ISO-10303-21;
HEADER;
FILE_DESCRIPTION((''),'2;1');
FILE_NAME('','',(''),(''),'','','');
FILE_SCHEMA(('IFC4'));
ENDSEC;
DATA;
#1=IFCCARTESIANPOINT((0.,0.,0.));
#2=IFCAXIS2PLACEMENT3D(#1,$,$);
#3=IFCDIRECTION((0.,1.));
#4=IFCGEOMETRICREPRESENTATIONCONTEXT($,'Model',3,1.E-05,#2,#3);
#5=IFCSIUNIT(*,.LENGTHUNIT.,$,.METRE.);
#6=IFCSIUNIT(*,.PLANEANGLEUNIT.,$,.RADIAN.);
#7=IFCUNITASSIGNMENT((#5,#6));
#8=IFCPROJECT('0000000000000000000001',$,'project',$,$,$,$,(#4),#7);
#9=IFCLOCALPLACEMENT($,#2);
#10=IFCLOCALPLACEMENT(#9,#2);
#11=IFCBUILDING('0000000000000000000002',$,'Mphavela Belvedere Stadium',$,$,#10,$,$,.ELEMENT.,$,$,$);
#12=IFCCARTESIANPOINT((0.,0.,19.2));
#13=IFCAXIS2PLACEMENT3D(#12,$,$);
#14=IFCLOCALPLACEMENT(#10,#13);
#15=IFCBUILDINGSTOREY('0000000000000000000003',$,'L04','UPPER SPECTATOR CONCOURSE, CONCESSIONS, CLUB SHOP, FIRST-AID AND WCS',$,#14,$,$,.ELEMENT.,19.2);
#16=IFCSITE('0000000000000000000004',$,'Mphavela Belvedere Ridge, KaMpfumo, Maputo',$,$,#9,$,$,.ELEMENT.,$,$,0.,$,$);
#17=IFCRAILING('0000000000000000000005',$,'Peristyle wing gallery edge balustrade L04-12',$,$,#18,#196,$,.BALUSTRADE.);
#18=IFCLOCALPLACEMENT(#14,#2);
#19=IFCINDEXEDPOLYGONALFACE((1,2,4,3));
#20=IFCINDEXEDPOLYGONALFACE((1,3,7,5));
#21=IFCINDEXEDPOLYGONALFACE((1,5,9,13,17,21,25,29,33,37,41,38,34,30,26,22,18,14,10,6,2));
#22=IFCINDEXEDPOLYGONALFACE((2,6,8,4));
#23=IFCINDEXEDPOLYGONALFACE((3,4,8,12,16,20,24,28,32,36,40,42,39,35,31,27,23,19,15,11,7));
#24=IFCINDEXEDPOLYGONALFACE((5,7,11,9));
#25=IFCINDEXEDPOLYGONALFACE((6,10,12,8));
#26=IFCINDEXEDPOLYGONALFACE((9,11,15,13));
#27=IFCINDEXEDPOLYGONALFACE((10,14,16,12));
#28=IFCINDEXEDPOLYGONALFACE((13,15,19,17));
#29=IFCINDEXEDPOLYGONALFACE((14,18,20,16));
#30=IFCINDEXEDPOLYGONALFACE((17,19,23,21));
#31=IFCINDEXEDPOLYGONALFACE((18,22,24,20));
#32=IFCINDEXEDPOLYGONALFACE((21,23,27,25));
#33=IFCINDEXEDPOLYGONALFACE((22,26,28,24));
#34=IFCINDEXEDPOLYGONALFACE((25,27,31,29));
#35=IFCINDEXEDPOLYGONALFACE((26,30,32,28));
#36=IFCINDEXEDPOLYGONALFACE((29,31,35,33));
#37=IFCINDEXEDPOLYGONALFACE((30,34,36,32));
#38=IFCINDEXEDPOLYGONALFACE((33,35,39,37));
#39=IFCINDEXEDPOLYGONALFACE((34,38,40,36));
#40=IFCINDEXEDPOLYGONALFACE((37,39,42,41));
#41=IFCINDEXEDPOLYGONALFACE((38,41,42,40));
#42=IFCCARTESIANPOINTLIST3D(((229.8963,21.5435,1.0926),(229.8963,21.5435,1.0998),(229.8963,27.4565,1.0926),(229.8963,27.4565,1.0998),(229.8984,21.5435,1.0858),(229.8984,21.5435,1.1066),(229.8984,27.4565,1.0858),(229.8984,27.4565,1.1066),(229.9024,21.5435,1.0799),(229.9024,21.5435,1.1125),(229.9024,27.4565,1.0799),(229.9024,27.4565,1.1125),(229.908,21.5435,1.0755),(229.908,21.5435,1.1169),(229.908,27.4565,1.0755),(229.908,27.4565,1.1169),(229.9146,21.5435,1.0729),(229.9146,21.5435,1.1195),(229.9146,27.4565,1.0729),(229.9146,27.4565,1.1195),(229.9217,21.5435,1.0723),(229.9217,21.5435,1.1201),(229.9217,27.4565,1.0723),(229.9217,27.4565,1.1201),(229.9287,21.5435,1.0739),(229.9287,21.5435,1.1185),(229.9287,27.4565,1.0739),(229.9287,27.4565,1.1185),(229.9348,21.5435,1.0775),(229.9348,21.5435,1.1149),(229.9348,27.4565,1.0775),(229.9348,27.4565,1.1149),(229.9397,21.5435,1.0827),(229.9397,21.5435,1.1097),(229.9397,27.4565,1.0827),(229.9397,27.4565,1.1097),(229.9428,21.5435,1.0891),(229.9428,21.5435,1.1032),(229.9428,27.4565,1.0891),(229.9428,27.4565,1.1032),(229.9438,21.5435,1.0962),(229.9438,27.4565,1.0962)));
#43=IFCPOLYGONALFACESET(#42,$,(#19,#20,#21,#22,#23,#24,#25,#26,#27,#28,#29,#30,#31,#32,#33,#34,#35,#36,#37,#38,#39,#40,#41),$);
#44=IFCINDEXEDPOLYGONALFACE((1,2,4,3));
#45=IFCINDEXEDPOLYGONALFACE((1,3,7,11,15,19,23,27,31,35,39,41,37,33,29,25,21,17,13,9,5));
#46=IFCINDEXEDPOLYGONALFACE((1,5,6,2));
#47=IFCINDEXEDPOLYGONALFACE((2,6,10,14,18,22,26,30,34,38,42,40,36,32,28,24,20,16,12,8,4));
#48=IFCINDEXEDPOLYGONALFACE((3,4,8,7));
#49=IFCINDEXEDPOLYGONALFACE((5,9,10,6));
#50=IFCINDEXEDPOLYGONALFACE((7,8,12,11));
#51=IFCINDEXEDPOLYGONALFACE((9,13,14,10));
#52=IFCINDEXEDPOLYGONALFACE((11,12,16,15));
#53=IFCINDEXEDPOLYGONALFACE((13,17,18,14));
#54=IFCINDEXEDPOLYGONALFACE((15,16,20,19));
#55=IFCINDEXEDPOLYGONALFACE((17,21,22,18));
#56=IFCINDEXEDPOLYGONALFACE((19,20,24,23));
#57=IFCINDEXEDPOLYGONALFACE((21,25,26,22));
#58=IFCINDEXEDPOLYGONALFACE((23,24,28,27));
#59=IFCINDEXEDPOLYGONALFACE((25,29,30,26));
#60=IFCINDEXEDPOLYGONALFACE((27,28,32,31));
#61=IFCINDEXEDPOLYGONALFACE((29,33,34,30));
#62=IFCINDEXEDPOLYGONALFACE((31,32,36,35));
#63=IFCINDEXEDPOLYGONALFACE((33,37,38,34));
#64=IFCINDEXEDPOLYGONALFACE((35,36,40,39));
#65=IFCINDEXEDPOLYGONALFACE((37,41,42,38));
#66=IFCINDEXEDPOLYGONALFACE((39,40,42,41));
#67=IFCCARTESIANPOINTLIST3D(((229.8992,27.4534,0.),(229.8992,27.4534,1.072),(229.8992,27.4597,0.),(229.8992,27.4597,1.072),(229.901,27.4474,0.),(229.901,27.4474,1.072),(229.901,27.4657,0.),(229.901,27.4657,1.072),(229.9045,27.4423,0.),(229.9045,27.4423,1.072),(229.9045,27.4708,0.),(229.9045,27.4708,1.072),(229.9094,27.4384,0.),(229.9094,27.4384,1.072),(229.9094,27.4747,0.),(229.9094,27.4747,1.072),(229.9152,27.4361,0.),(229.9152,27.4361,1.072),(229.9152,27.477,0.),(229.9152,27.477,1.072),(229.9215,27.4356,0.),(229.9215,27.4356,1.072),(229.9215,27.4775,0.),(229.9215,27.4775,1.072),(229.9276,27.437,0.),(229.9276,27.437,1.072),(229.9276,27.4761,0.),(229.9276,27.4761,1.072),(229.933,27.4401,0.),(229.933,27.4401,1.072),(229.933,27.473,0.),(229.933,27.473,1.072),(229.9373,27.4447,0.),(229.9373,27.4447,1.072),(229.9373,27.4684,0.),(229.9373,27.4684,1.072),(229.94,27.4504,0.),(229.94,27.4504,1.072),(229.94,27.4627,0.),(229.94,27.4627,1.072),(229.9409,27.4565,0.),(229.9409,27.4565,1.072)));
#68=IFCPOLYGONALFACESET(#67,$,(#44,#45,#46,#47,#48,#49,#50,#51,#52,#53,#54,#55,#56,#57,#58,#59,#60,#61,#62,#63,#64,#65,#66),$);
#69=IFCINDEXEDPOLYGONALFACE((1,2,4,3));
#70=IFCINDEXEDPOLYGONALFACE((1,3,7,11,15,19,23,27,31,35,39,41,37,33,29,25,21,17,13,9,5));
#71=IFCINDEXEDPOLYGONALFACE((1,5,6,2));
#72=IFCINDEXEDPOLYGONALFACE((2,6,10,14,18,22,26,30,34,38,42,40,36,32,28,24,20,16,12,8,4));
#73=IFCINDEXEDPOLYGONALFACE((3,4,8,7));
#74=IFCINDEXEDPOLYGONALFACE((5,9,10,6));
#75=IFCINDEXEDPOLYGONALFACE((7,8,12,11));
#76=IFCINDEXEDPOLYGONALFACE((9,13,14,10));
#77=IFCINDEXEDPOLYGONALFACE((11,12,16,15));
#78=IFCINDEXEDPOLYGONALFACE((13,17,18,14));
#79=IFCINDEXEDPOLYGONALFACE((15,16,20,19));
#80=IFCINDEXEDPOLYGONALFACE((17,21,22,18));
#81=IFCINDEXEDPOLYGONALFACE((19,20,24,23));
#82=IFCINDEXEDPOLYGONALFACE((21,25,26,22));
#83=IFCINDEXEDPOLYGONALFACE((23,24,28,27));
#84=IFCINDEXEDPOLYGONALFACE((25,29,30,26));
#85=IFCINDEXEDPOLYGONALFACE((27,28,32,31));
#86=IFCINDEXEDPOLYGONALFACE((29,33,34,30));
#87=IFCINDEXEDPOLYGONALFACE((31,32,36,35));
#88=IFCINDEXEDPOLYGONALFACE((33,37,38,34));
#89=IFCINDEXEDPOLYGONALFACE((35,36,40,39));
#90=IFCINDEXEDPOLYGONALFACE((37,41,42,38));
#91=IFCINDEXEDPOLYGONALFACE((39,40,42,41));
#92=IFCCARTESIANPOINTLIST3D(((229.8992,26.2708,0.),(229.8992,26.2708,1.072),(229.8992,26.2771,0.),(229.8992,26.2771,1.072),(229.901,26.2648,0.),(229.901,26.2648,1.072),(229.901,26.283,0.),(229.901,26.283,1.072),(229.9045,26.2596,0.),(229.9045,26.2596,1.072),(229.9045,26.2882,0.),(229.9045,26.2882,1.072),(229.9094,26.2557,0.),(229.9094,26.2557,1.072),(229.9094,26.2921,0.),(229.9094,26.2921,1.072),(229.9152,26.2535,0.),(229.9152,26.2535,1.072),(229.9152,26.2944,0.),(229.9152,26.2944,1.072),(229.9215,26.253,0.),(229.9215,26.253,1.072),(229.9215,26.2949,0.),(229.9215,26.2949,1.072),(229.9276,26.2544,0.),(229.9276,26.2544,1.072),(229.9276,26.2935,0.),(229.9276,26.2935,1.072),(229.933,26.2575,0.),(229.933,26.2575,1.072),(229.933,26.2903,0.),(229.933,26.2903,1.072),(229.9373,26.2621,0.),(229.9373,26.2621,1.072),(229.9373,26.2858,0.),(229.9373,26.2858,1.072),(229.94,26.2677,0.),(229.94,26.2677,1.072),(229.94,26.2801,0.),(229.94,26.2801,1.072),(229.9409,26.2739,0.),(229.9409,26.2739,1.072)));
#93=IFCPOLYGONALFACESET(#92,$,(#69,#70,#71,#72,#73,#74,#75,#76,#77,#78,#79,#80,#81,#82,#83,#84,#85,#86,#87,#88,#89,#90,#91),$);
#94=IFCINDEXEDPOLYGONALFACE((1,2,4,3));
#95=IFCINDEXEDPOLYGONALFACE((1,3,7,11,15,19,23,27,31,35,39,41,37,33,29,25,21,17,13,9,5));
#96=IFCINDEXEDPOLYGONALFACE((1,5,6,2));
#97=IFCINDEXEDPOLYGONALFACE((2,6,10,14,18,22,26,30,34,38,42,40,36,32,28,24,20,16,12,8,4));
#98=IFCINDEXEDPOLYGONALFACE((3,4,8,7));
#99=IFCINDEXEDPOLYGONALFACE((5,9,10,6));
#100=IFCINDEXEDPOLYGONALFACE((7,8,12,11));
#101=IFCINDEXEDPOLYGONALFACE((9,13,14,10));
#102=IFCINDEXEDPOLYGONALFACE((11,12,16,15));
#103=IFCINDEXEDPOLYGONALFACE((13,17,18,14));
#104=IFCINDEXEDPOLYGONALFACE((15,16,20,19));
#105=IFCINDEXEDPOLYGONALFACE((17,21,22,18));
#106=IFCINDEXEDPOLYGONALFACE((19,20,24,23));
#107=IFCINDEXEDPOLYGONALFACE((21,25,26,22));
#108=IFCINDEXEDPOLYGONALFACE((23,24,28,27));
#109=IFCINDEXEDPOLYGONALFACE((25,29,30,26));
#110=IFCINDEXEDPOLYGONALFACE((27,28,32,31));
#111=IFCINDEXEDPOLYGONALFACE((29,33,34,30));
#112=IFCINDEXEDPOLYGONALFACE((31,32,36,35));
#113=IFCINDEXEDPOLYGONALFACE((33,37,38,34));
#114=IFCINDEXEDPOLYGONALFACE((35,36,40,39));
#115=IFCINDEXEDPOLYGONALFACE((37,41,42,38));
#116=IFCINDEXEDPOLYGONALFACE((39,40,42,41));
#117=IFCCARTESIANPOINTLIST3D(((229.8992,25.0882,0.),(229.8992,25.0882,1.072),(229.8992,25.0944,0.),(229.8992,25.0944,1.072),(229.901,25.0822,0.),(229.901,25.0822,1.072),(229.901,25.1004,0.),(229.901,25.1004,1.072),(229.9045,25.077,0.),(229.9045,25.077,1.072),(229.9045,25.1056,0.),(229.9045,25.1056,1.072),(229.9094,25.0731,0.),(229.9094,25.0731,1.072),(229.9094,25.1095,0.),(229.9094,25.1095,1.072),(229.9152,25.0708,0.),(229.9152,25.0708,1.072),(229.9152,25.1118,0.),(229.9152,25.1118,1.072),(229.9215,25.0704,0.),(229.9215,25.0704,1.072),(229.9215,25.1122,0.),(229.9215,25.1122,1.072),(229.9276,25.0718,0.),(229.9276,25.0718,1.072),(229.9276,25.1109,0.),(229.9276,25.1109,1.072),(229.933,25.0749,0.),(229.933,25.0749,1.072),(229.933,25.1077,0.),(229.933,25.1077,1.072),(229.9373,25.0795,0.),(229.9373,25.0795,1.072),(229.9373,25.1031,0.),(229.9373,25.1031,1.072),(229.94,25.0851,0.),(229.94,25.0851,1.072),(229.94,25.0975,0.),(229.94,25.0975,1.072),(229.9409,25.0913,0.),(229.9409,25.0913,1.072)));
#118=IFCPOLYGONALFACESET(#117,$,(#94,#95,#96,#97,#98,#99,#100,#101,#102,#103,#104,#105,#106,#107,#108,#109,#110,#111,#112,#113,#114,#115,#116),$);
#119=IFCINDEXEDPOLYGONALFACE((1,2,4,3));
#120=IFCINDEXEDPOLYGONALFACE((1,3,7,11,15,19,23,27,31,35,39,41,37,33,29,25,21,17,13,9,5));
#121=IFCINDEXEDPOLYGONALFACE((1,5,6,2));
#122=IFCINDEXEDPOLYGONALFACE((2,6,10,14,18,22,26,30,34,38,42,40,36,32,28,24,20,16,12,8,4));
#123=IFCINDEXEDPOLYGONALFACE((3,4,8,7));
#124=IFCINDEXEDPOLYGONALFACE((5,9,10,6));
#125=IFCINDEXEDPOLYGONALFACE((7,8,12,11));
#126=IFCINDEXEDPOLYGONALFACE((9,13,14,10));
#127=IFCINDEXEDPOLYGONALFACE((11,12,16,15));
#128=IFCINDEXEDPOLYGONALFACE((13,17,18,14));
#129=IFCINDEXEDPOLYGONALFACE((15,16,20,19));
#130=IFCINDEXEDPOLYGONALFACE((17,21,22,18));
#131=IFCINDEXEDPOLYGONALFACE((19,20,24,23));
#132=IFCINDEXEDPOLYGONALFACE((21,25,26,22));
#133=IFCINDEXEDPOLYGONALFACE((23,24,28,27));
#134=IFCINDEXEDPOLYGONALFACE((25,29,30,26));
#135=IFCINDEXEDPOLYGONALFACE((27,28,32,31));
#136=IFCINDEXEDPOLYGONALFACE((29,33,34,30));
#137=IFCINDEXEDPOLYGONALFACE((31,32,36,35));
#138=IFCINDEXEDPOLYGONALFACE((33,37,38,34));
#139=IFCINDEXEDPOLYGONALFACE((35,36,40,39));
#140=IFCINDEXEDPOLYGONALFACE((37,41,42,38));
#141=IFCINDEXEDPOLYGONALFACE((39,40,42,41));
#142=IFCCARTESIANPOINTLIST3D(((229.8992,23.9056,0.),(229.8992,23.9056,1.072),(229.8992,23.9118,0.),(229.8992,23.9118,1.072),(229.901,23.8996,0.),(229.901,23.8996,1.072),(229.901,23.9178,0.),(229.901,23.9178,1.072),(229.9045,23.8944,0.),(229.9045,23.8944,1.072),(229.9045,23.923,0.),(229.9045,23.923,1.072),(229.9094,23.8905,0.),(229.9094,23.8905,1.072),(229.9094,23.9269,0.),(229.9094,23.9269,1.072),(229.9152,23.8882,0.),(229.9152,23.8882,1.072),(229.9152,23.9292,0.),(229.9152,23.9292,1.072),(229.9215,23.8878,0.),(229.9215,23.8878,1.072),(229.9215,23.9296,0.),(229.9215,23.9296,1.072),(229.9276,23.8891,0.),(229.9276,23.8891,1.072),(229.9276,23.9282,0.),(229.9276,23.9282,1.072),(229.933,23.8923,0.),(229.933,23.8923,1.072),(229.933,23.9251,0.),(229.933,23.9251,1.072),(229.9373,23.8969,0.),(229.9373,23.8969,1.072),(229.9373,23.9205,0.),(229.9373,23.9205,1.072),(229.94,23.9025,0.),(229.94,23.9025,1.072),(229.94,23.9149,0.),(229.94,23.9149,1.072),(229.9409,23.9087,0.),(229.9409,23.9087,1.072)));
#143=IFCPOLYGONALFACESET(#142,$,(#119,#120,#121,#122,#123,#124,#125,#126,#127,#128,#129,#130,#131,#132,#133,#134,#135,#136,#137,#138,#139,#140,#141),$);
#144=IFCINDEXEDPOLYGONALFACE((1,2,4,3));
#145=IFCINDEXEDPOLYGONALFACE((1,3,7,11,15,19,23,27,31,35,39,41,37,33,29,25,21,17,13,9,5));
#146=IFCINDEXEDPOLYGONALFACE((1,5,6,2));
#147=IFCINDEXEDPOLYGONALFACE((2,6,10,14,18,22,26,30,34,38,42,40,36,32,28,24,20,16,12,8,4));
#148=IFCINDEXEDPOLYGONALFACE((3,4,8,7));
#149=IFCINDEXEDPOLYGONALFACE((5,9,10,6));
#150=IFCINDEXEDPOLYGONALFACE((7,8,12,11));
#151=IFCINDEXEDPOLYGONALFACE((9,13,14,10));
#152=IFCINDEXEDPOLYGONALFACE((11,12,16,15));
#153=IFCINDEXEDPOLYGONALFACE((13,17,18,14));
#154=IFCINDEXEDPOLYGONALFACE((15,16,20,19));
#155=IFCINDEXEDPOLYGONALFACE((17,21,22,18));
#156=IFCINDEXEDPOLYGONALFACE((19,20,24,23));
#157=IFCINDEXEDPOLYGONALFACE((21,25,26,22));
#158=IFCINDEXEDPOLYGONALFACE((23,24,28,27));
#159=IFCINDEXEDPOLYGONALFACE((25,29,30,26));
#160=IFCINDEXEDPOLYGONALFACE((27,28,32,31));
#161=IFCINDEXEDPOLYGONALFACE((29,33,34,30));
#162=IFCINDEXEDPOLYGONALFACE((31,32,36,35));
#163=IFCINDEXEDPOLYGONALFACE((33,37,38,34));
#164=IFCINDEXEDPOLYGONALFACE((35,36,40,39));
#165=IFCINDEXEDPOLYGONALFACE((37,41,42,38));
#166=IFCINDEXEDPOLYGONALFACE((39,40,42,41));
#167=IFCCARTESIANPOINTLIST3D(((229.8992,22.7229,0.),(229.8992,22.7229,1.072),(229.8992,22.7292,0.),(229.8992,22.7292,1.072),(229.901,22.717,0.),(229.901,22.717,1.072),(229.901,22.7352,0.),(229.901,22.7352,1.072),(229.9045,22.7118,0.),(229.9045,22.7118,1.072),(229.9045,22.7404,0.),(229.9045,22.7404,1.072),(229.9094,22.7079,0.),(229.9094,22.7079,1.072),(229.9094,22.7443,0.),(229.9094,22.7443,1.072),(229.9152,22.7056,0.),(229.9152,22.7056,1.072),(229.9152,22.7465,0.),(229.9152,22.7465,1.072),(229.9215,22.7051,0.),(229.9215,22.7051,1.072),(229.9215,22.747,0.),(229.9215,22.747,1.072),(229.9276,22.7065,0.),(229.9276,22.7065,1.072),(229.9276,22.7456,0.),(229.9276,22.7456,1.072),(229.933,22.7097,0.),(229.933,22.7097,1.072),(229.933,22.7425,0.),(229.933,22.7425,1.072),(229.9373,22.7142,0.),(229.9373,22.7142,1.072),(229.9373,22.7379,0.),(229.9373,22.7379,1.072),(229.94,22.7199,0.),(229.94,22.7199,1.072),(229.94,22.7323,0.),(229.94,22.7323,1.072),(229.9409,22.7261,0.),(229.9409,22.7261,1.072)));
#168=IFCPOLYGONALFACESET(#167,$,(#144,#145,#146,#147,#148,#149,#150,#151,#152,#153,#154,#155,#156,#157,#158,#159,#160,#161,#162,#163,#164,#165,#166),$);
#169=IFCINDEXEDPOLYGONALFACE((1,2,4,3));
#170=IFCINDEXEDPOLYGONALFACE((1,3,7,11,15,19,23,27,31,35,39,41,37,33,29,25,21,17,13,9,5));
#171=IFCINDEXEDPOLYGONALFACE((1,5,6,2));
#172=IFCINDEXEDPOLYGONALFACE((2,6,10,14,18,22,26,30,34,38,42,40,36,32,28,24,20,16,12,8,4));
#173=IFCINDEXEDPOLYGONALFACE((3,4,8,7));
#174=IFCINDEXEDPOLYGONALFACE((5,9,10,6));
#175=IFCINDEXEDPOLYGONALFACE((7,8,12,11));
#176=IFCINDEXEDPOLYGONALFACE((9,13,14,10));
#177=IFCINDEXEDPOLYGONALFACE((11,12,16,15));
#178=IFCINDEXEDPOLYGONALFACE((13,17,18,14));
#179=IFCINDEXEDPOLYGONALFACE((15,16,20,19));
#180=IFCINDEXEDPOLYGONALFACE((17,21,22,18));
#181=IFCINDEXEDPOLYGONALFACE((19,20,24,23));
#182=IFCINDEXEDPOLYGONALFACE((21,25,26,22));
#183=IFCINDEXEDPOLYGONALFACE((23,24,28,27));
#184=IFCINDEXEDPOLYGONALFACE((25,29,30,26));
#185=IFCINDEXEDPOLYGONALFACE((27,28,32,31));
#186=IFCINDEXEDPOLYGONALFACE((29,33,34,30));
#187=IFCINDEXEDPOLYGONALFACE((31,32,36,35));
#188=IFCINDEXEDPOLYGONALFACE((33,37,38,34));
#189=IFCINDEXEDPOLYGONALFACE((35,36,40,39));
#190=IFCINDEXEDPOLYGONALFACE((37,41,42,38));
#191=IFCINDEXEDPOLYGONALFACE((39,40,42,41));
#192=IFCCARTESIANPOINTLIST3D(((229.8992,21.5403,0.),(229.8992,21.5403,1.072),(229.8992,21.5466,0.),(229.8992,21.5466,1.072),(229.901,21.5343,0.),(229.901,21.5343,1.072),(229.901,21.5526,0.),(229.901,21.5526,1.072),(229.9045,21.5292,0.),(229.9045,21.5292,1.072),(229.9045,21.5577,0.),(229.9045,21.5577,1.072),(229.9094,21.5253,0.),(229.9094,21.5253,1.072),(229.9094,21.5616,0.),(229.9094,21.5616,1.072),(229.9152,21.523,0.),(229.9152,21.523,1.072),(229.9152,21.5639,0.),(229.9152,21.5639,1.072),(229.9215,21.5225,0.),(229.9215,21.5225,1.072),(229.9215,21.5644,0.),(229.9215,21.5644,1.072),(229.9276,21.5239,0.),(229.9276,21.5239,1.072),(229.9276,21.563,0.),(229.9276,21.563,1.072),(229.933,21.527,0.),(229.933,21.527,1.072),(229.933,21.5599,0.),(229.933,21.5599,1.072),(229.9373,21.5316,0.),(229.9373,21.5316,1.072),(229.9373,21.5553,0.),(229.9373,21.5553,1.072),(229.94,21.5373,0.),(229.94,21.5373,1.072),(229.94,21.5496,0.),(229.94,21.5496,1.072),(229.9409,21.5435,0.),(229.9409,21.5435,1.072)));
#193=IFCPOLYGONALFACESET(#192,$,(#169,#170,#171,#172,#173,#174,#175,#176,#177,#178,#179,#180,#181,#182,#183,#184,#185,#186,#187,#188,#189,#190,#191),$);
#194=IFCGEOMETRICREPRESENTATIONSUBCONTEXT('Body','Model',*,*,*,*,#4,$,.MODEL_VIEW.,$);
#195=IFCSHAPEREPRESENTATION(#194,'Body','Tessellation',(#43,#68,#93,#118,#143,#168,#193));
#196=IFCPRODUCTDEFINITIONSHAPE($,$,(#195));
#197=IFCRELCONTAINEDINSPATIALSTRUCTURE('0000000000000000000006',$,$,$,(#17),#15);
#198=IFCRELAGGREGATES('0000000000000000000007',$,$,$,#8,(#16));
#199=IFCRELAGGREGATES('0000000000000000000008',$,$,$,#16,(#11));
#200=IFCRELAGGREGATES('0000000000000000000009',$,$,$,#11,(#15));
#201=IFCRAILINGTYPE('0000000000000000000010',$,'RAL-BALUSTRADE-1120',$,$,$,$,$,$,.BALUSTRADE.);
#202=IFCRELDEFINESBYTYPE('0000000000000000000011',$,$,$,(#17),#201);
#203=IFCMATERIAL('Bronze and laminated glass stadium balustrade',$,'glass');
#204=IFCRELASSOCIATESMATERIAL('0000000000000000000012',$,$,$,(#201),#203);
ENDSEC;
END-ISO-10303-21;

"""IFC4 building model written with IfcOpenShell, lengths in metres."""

from ifc_helpers import new_model, si_unit, direction, frame, origin, origin_2d, place, context, subcontext, project, spatial, circle, extrude, material, type_object, element, save


model = new_model("IFC4")

# Units and contexts
model_context = context("Model", 3, precision=1e-05, world=origin(), true_north=direction((0.0, 1.0)))
body_context = subcontext(model_context, "Body", "Model", "MODEL_VIEW")
ifc_project = project(units=[si_unit("LENGTHUNIT", "METRE"), si_unit("PLANEANGLEUNIT", "RADIAN")], contexts=[model_context])

# Site, building, storey
site_placement = place(None, origin())
site = spatial("IfcSite", under=ifc_project, at=site_placement, Name="Mphavela Belvedere Ridge, KaMpfumo, Maputo", CompositionType="ELEMENT", RefElevation=0.0)
building_placement = place(site_placement, origin())
building = spatial("IfcBuilding", under=site, at=building_placement, Name="Mphavela Belvedere Stadium", CompositionType="ELEMENT")
storey_placement = place(building_placement, frame((0.0, 0.0, 19.2)))
storey = spatial("IfcBuildingStorey", under=building, at=storey_placement, Name="L04", Description="UPPER SPECTATOR CONCOURSE, CONCESSIONS, CLUB SHOP, FIRST-AID AND WCS", CompositionType="ELEMENT", Elevation=19.2)

# Railing
ifc_material_1 = material(Name="Bronze and laminated glass stadium balustrade", Category="glass")
railing_type = type_object("IfcRailingType", Name="RAL-BALUSTRADE-1120", PredefinedType="BALUSTRADE", material=ifc_material_1)
for number, where, name in (
    (1, (229.9199, 27.4565, 0.0), "Peristyle wing gallery edge balustrade L04-12"),
):
    element("IfcRailing", number, at=place(storey_placement, frame(where)), inside=storey, type_object=railing_type, Name=name, PredefinedType="BALUSTRADE", context=body_context, shape_type="SweptSolid", body=[
        extrude(circle(Radius=0.0239, at=origin_2d()), frame((0.0, 0.0, 1.0962), z_axis=(0.0, -1.0, 0.0), x_axis=(1.0, 0.0, 0.0)), (0.0, 0.0, 1.0), 5.9131),
        extrude(circle(Radius=0.021, at=origin_2d()), origin(), (0.0, 0.0, 1.0), 1.072),
        extrude(circle(Radius=0.021, at=origin_2d()), frame((0.0, -1.1826, 0.0)), (0.0, 0.0, 1.0), 1.072),
        extrude(circle(Radius=0.021, at=origin_2d()), frame((0.0, -2.3652, 0.0)), (0.0, 0.0, 1.0), 1.072),
        extrude(circle(Radius=0.021, at=origin_2d()), frame((0.0, -3.5479, 0.0)), (0.0, 0.0, 1.0), 1.072),
        extrude(circle(Radius=0.021, at=origin_2d()), frame((0.0, -4.7305, 0.0)), (0.0, 0.0, 1.0), 1.072),
        extrude(circle(Radius=0.021, at=origin_2d()), frame((0.0, -5.9131, 0.0)), (0.0, 0.0, 1.0), 1.072),
    ])

save(model, "model.ifc")
